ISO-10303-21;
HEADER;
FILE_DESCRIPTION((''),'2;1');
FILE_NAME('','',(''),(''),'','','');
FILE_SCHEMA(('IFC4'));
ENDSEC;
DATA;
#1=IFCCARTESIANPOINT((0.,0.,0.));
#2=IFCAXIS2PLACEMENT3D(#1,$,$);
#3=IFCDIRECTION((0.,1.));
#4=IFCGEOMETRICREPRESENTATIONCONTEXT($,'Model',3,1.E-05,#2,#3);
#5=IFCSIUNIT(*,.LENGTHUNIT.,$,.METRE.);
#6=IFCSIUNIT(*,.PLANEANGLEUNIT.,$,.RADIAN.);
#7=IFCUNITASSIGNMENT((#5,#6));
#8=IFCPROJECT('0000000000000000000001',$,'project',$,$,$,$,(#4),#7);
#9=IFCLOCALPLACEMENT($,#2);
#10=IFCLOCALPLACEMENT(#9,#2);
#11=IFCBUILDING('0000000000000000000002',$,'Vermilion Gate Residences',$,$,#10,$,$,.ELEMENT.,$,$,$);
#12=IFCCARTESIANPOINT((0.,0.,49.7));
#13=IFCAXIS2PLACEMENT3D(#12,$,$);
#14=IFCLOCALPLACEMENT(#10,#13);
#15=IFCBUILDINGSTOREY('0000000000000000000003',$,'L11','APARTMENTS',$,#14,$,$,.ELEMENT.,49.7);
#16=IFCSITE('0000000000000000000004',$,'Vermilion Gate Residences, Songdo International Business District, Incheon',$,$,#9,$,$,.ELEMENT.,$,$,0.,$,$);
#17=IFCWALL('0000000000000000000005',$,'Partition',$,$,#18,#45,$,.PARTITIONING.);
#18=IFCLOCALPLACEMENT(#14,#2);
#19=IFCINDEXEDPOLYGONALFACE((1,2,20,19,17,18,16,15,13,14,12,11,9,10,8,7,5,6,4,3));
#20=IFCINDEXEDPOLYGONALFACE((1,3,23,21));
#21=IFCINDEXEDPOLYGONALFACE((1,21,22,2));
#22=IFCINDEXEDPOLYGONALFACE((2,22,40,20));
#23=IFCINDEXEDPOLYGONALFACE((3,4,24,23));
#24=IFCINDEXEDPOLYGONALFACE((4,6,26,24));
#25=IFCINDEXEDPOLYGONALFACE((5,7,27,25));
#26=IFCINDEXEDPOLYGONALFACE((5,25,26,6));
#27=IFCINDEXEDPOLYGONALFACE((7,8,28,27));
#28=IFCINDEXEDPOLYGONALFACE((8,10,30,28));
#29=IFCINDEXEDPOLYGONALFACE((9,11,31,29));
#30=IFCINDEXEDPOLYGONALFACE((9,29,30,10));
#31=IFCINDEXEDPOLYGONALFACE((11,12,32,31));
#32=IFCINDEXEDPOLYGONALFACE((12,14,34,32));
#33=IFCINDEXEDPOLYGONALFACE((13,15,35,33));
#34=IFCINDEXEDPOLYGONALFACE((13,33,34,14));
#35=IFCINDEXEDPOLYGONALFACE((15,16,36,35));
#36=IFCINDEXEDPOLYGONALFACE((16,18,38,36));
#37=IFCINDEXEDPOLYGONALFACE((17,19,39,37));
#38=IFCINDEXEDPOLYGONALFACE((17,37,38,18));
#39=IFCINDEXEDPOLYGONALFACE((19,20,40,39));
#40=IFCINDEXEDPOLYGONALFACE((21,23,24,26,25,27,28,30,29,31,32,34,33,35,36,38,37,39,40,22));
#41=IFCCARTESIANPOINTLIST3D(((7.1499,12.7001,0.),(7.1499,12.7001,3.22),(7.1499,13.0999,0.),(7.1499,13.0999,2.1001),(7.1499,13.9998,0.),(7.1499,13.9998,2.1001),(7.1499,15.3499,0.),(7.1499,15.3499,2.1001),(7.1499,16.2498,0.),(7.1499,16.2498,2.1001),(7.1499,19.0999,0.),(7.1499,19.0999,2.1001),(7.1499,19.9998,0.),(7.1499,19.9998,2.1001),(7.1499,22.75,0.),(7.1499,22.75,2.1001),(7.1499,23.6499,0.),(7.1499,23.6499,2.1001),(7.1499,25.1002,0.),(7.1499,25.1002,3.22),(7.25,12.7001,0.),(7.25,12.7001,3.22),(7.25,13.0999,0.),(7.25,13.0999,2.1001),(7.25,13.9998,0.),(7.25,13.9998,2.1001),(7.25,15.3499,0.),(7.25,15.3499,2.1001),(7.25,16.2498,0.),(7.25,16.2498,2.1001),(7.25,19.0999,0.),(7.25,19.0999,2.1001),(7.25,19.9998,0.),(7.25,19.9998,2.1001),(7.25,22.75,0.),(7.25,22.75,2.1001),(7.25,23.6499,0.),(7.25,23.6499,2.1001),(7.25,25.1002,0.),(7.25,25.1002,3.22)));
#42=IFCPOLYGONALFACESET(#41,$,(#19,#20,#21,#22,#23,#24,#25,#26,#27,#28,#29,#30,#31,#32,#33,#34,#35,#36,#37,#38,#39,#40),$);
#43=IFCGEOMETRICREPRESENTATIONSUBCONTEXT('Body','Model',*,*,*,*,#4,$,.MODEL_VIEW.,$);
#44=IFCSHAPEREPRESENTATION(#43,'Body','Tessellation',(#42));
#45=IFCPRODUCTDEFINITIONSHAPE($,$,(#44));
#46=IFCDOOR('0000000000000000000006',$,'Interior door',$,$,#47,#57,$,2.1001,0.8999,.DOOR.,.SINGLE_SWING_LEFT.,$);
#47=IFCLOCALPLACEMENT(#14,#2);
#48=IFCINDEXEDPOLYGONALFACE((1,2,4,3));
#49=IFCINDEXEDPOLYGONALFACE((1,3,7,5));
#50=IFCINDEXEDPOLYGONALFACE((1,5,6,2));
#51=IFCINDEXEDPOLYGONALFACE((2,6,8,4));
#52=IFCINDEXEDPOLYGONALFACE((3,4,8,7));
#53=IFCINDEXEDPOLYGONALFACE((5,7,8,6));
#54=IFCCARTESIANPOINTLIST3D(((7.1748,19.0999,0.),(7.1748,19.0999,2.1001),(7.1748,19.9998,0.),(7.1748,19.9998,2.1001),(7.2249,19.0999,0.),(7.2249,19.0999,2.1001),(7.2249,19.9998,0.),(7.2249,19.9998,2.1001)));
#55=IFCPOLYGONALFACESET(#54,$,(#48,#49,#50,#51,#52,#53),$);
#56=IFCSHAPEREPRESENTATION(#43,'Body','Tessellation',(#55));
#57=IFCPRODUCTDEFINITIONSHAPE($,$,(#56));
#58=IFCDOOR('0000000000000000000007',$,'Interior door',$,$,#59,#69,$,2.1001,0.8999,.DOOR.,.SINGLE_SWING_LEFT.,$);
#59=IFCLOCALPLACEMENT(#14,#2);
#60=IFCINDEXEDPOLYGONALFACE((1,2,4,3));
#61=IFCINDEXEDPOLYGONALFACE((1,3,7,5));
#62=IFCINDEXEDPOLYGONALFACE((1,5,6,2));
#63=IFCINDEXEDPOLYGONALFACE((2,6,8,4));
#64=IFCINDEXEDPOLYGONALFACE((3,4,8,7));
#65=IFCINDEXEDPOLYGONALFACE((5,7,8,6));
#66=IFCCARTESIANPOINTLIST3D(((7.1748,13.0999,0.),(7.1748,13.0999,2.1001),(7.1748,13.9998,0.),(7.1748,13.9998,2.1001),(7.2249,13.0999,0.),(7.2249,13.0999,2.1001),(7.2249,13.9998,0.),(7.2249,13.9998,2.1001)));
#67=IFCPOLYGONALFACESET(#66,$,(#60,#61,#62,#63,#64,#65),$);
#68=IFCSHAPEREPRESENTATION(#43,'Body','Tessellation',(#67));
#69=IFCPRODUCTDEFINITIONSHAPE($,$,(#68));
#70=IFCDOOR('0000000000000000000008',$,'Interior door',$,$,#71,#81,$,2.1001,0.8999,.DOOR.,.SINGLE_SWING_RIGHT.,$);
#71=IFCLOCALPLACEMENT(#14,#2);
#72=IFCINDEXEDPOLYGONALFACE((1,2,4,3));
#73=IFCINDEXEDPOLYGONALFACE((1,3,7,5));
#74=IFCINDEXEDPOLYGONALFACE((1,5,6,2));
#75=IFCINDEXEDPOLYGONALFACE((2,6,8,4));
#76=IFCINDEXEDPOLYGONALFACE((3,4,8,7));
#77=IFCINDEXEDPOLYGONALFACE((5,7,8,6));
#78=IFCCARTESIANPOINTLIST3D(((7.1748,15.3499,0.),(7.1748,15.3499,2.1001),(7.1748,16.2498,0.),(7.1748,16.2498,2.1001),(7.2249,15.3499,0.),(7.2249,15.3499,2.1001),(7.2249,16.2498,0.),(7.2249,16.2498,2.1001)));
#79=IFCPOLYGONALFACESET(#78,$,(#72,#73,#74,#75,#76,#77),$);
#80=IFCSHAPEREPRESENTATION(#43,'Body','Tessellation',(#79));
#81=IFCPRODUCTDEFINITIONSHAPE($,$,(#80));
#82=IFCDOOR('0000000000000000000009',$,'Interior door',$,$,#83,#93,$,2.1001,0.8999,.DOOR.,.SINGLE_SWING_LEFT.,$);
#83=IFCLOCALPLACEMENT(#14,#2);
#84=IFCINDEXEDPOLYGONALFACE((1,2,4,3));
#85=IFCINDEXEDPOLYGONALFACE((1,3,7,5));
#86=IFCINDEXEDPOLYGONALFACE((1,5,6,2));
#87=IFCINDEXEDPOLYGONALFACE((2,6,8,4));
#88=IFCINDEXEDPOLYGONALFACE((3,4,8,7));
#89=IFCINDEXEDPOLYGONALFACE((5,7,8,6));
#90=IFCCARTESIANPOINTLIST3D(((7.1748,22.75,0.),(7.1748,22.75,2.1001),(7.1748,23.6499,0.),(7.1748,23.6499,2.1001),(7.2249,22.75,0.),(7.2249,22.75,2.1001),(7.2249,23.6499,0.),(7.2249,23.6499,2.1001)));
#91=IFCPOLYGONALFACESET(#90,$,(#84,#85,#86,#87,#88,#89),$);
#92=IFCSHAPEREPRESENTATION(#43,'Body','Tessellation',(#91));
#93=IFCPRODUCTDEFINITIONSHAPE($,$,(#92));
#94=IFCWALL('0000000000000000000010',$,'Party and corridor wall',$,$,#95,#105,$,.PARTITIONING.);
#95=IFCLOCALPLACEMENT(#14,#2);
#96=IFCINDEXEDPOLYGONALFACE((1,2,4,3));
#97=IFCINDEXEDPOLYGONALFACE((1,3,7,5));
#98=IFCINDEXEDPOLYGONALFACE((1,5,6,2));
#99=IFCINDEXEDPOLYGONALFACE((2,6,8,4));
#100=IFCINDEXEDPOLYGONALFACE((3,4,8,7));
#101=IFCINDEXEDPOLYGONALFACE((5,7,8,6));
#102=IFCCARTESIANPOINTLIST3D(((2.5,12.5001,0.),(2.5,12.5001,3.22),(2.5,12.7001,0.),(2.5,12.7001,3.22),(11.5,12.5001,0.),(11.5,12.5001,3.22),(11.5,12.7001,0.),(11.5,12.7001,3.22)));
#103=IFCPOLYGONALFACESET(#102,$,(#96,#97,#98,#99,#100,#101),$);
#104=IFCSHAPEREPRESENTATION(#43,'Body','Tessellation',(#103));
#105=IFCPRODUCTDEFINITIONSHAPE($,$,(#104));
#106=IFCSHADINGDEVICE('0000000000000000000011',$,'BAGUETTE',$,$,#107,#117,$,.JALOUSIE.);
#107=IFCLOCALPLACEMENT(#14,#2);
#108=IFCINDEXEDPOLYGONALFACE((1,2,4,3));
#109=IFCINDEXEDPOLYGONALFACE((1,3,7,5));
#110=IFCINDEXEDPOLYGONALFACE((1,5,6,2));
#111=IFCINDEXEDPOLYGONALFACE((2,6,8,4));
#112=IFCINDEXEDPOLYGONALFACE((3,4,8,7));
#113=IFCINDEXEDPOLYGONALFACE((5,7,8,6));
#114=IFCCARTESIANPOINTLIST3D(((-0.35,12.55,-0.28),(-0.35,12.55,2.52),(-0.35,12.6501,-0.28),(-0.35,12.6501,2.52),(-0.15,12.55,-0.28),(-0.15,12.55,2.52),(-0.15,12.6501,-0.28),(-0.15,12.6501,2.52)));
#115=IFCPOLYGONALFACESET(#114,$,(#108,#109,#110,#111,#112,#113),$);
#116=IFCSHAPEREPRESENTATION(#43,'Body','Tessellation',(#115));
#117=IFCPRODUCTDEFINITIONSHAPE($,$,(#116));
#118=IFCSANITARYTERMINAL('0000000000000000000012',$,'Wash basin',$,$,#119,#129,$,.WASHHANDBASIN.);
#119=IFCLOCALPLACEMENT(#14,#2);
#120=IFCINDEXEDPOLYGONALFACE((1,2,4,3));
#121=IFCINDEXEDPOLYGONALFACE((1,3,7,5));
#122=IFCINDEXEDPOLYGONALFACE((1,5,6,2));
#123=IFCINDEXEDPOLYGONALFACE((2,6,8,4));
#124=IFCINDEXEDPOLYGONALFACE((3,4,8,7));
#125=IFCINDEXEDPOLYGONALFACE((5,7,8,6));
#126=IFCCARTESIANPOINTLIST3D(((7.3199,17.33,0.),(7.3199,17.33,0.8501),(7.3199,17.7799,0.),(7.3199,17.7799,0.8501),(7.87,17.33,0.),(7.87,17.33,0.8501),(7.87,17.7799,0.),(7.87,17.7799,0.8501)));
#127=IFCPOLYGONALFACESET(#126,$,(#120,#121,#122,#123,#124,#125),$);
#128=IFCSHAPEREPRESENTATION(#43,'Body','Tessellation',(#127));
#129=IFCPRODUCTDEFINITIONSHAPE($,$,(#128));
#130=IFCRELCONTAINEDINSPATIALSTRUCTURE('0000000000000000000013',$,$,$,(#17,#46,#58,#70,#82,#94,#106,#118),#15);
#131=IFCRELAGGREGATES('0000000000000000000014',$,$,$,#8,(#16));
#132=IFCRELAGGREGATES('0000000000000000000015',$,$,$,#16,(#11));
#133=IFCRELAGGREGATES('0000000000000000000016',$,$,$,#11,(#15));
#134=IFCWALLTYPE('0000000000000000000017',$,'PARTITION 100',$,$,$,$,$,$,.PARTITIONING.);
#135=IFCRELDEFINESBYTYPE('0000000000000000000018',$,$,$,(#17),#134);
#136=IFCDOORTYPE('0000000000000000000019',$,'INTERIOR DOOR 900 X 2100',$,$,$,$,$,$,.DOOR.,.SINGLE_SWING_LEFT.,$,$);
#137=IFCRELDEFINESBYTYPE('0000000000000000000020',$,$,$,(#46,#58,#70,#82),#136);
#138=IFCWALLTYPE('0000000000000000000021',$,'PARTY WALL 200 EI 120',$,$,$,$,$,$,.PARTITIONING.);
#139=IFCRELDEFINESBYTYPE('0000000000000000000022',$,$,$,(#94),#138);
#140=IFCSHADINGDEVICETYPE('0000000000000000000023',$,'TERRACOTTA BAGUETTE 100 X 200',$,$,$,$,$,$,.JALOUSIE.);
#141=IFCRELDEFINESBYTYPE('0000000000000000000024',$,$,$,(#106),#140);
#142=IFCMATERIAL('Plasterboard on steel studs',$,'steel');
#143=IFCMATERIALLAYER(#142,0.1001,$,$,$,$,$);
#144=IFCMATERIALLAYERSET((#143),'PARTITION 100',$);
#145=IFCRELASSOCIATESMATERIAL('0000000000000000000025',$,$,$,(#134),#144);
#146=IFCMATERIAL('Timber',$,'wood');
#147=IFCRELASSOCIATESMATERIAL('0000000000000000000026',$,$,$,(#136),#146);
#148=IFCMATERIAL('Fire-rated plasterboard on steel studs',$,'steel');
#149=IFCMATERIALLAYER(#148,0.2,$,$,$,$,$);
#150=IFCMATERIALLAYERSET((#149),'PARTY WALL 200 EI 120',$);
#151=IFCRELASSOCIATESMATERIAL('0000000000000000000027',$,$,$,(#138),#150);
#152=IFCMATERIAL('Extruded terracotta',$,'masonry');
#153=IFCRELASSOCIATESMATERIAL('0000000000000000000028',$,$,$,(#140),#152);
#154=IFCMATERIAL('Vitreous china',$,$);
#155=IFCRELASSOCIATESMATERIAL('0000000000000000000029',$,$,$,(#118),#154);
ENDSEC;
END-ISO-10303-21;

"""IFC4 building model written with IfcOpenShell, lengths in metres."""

from ifc_helpers import new_model, si_unit, direction, frame, frame_2d, origin, origin_2d, place, context, subcontext, project, spatial, rectangle, extrude, material, layer, layer_set, material_profile, profile_set, type_object, element, fill, save


model = new_model("IFC4")

# Units and contexts
model_context = context("Model", 3, precision=1e-05, world=origin(), true_north=direction((0.0, 1.0)))
body_context = subcontext(model_context, "Body", "Model", "MODEL_VIEW")
ifc_project = project(units=[si_unit("LENGTHUNIT", "METRE"), si_unit("PLANEANGLEUNIT", "RADIAN")], contexts=[model_context])

# Site, building, storey
site_placement = place(None, origin())
site = spatial("IfcSite", under=ifc_project, at=site_placement, Name="Vermilion Gate Residences, Songdo International Business District, Incheon", CompositionType="ELEMENT", RefElevation=0.0)
building_placement = place(site_placement, origin())
building = spatial("IfcBuilding", under=site, at=building_placement, Name="Vermilion Gate Residences", CompositionType="ELEMENT")
storey_placement = place(building_placement, frame((0.0, 0.0, 49.7)))
storey = spatial("IfcBuildingStorey", under=building, at=storey_placement, Name="L11", Description="APARTMENTS", CompositionType="ELEMENT", Elevation=49.7)

# Shared definitions
ifc_material_1 = material(Name="Plasterboard on steel studs", Category="steel")
ifc_layer_1 = layer(ifc_material_1, 0.1001)
ifc_layer_set_1 = layer_set([ifc_layer_1], Name="PARTITION 100")
wall_type_1 = type_object("IfcWallType", Name="PARTITION 100", PredefinedType="PARTITIONING", material=ifc_layer_set_1)

# Wall, openings, doors
ifc_material_2 = material(Name="Timber", Category="wood")
door_type = type_object("IfcDoorType", Name="INTERIOR DOOR 900 X 2100", OperationType="SINGLE_SWING_LEFT", PredefinedType="DOOR", material=ifc_material_2)
wall_1_placement = place(storey_placement, frame((7.2, 12.7, 0.0), z_axis=(0.0, 0.0, 1.0), x_axis=(0.0, 1.0, 0.0)))
wall_1 = element("IfcWall", 1, at=wall_1_placement, inside=storey, type_object=wall_type_1, Name="Partition", PredefinedType="PARTITIONING", context=body_context, shape_type="SweptSolid", body=[
    extrude(rectangle(XDim=12.4001, YDim=0.1001, at=frame_2d((6.2002, 0.0))), origin(), (0.0, 0.0, 1.0), 3.22),
])
opening_1_placement = place(wall_1_placement, frame((6.3999, 0.0, 0.0)))
opening_1 = element("IfcOpeningElement", 2, at=opening_1_placement, cuts=wall_1, PredefinedType="OPENING", context=body_context, shape_type="SweptSolid", body=[
    extrude(rectangle(XDim=0.8999, YDim=2.1001, at=frame_2d((0.45, 1.05))), frame((0.0, 0.0601, 0.0), z_axis=(0.0, -1.0, 0.0), x_axis=(1.0, 0.0, 0.0)), (0.0, 0.0, 1.0), 0.1201),
])
opening_2_placement = place(wall_1_placement, frame((0.3999, 0.0, 0.0)))
opening_2 = element("IfcOpeningElement", 3, at=opening_2_placement, cuts=wall_1, PredefinedType="OPENING", context=body_context, shape_type="SweptSolid", body=[
    extrude(rectangle(XDim=0.8999, YDim=2.1001, at=frame_2d((0.45, 1.05))), frame((0.0, 0.0601, 0.0), z_axis=(0.0, -1.0, 0.0), x_axis=(1.0, 0.0, 0.0)), (0.0, 0.0, 1.0), 0.1201),
])
opening_3_placement = place(wall_1_placement, frame((2.6499, 0.0, 0.0)))
opening_3 = element("IfcOpeningElement", 4, at=opening_3_placement, cuts=wall_1, PredefinedType="OPENING", context=body_context, shape_type="SweptSolid", body=[
    extrude(rectangle(XDim=0.8999, YDim=2.1001, at=frame_2d((0.45, 1.05))), frame((0.0, 0.0601, 0.0), z_axis=(0.0, -1.0, 0.0), x_axis=(1.0, 0.0, 0.0)), (0.0, 0.0, 1.0), 0.1201),
])
opening_4_placement = place(wall_1_placement, frame((10.05, 0.0, 0.0)))
opening_4 = element("IfcOpeningElement", 5, at=opening_4_placement, cuts=wall_1, PredefinedType="OPENING", context=body_context, shape_type="SweptSolid", body=[
    extrude(rectangle(XDim=0.8999, YDim=2.1001, at=frame_2d((0.45, 1.05))), frame((0.0, 0.0601, 0.0), z_axis=(0.0, -1.0, 0.0), x_axis=(1.0, 0.0, 0.0)), (0.0, 0.0, 1.0), 0.1201),
])
door_1_placement = place(opening_1_placement, frame((0.8999, 0.0, 0.0), z_axis=(0.0, 0.0, 1.0), x_axis=(-1.0, 0.0, 0.0)))
door_1 = element("IfcDoor", 6, at=door_1_placement, inside=storey, type_object=door_type, Name="Interior door", OperationType="SINGLE_SWING_LEFT", OverallHeight=2.1001, OverallWidth=0.8999, PredefinedType="DOOR", context=body_context, shape_type="SweptSolid", body=[
    extrude(rectangle(XDim=0.8999, YDim=2.1001, at=frame_2d((0.45, 1.05))), frame((0.0, 0.0249, 0.0), z_axis=(0.0, -1.0, 0.0), x_axis=(1.0, 0.0, 0.0)), (0.0, 0.0, 1.0), 0.05),
])
fill(opening_1, door_1)
door_2_placement = place(opening_2_placement, frame((0.8999, 0.0, 0.0), z_axis=(0.0, 0.0, 1.0), x_axis=(-1.0, 0.0, 0.0)))
door_2 = element("IfcDoor", 7, at=door_2_placement, inside=storey, type_object=door_type, Name="Interior door", OperationType="SINGLE_SWING_LEFT", OverallHeight=2.1001, OverallWidth=0.8999, PredefinedType="DOOR", context=body_context, shape_type="SweptSolid", body=[
    extrude(rectangle(XDim=0.8999, YDim=2.1001, at=frame_2d((0.45, 1.05))), frame((0.0, 0.0249, 0.0), z_axis=(0.0, -1.0, 0.0), x_axis=(1.0, 0.0, 0.0)), (0.0, 0.0, 1.0), 0.05),
])
fill(opening_2, door_2)
door_3_placement = place(opening_3_placement, frame((0.8999, 0.0, 0.0), z_axis=(0.0, 0.0, 1.0), x_axis=(-1.0, 0.0, 0.0)))
door_3 = element("IfcDoor", 8, at=door_3_placement, inside=storey, type_object=door_type, Name="Interior door", OperationType="SINGLE_SWING_RIGHT", OverallHeight=2.1001, OverallWidth=0.8999, PredefinedType="DOOR", context=body_context, shape_type="SweptSolid", body=[
    extrude(rectangle(XDim=0.8999, YDim=2.1001, at=frame_2d((0.45, 1.05))), frame((0.0, 0.0249, 0.0), z_axis=(0.0, -1.0, 0.0), x_axis=(1.0, 0.0, 0.0)), (0.0, 0.0, 1.0), 0.05),
])
fill(opening_3, door_3)
door_4_placement = place(opening_4_placement, frame((0.8999, 0.0, 0.0), z_axis=(0.0, 0.0, 1.0), x_axis=(-1.0, 0.0, 0.0)))
door_4 = element("IfcDoor", 9, at=door_4_placement, inside=storey, type_object=door_type, Name="Interior door", OperationType="SINGLE_SWING_LEFT", OverallHeight=2.1001, OverallWidth=0.8999, PredefinedType="DOOR", context=body_context, shape_type="SweptSolid", body=[
    extrude(rectangle(XDim=0.8999, YDim=2.1001, at=frame_2d((0.45, 1.05))), frame((0.0, 0.0249, 0.0), z_axis=(0.0, -1.0, 0.0), x_axis=(1.0, 0.0, 0.0)), (0.0, 0.0, 1.0), 0.05),
])
fill(opening_4, door_4)

# Wall
ifc_material_3 = material(Name="Fire-rated plasterboard on steel studs", Category="steel")
ifc_layer_2 = layer(ifc_material_3, 0.2)
ifc_layer_set_2 = layer_set([ifc_layer_2], Name="PARTY WALL 200 EI 120")
wall_type_2 = type_object("IfcWallType", Name="PARTY WALL 200 EI 120", PredefinedType="PARTITIONING", material=ifc_layer_set_2)
wall_2_placement = place(storey_placement, frame((2.5, 12.6001, 0.0), z_axis=(0.0, 0.0, 1.0), x_axis=(1.0, 0.0, 0.0)))
element("IfcWall", 10, at=wall_2_placement, inside=storey, type_object=wall_type_2, Name="Party and corridor wall", PredefinedType="PARTITIONING", context=body_context, shape_type="SweptSolid", body=[
    extrude(rectangle(XDim=9.0, YDim=0.2, at=frame_2d((4.5, 0.0))), origin(), (0.0, 0.0, 1.0), 3.22),
])

# Shading device
ifc_material_4 = material(Name="Extruded terracotta", Category="masonry")
ifc_material_profile_1 = material_profile(ifc_material_4, rectangle(XDim=0.2, YDim=0.1001, at=origin_2d()), Name="BAGUETTE 100 X 200")
ifc_profile_set_1 = profile_set([ifc_material_profile_1], Name="Extruded terracotta")
shading_device_type = type_object("IfcShadingDeviceType", Name="TERRACOTTA BAGUETTE 100 X 200", PredefinedType="JALOUSIE", material=ifc_profile_set_1)
shading_device_placement = place(storey_placement, frame((-0.25, 12.6001, -0.28), z_axis=(0.0, 0.0, 1.0), x_axis=(1.0, 0.0, 0.0)))
element("IfcShadingDevice", 11, at=shading_device_placement, inside=storey, type_object=shading_device_type, Name="BAGUETTE", PredefinedType="JALOUSIE", context=body_context, shape_type="SweptSolid", body=[
    extrude(rectangle(XDim=0.2, YDim=0.1001, at=origin_2d()), origin(), (0.0, 0.0, 1.0), 2.8),
])

# Sanitary terminal
ifc_material_5 = material(Name="Vitreous china")
sanitary_terminal_placement = place(storey_placement, frame((7.595, 17.5549, 0.0), z_axis=(0.0, 0.0, 1.0), x_axis=(1.0, 0.0, 0.0)))
element("IfcSanitaryTerminal", 12, at=sanitary_terminal_placement, inside=storey, material=ifc_material_5, Name="Wash basin", PredefinedType="WASHHANDBASIN", context=body_context, shape_type="SweptSolid", body=[
    extrude(rectangle(XDim=0.55, YDim=0.45, at=origin_2d()), origin(), (0.0, 0.0, 1.0), 0.8501),
])

save(model, "model.ifc")
